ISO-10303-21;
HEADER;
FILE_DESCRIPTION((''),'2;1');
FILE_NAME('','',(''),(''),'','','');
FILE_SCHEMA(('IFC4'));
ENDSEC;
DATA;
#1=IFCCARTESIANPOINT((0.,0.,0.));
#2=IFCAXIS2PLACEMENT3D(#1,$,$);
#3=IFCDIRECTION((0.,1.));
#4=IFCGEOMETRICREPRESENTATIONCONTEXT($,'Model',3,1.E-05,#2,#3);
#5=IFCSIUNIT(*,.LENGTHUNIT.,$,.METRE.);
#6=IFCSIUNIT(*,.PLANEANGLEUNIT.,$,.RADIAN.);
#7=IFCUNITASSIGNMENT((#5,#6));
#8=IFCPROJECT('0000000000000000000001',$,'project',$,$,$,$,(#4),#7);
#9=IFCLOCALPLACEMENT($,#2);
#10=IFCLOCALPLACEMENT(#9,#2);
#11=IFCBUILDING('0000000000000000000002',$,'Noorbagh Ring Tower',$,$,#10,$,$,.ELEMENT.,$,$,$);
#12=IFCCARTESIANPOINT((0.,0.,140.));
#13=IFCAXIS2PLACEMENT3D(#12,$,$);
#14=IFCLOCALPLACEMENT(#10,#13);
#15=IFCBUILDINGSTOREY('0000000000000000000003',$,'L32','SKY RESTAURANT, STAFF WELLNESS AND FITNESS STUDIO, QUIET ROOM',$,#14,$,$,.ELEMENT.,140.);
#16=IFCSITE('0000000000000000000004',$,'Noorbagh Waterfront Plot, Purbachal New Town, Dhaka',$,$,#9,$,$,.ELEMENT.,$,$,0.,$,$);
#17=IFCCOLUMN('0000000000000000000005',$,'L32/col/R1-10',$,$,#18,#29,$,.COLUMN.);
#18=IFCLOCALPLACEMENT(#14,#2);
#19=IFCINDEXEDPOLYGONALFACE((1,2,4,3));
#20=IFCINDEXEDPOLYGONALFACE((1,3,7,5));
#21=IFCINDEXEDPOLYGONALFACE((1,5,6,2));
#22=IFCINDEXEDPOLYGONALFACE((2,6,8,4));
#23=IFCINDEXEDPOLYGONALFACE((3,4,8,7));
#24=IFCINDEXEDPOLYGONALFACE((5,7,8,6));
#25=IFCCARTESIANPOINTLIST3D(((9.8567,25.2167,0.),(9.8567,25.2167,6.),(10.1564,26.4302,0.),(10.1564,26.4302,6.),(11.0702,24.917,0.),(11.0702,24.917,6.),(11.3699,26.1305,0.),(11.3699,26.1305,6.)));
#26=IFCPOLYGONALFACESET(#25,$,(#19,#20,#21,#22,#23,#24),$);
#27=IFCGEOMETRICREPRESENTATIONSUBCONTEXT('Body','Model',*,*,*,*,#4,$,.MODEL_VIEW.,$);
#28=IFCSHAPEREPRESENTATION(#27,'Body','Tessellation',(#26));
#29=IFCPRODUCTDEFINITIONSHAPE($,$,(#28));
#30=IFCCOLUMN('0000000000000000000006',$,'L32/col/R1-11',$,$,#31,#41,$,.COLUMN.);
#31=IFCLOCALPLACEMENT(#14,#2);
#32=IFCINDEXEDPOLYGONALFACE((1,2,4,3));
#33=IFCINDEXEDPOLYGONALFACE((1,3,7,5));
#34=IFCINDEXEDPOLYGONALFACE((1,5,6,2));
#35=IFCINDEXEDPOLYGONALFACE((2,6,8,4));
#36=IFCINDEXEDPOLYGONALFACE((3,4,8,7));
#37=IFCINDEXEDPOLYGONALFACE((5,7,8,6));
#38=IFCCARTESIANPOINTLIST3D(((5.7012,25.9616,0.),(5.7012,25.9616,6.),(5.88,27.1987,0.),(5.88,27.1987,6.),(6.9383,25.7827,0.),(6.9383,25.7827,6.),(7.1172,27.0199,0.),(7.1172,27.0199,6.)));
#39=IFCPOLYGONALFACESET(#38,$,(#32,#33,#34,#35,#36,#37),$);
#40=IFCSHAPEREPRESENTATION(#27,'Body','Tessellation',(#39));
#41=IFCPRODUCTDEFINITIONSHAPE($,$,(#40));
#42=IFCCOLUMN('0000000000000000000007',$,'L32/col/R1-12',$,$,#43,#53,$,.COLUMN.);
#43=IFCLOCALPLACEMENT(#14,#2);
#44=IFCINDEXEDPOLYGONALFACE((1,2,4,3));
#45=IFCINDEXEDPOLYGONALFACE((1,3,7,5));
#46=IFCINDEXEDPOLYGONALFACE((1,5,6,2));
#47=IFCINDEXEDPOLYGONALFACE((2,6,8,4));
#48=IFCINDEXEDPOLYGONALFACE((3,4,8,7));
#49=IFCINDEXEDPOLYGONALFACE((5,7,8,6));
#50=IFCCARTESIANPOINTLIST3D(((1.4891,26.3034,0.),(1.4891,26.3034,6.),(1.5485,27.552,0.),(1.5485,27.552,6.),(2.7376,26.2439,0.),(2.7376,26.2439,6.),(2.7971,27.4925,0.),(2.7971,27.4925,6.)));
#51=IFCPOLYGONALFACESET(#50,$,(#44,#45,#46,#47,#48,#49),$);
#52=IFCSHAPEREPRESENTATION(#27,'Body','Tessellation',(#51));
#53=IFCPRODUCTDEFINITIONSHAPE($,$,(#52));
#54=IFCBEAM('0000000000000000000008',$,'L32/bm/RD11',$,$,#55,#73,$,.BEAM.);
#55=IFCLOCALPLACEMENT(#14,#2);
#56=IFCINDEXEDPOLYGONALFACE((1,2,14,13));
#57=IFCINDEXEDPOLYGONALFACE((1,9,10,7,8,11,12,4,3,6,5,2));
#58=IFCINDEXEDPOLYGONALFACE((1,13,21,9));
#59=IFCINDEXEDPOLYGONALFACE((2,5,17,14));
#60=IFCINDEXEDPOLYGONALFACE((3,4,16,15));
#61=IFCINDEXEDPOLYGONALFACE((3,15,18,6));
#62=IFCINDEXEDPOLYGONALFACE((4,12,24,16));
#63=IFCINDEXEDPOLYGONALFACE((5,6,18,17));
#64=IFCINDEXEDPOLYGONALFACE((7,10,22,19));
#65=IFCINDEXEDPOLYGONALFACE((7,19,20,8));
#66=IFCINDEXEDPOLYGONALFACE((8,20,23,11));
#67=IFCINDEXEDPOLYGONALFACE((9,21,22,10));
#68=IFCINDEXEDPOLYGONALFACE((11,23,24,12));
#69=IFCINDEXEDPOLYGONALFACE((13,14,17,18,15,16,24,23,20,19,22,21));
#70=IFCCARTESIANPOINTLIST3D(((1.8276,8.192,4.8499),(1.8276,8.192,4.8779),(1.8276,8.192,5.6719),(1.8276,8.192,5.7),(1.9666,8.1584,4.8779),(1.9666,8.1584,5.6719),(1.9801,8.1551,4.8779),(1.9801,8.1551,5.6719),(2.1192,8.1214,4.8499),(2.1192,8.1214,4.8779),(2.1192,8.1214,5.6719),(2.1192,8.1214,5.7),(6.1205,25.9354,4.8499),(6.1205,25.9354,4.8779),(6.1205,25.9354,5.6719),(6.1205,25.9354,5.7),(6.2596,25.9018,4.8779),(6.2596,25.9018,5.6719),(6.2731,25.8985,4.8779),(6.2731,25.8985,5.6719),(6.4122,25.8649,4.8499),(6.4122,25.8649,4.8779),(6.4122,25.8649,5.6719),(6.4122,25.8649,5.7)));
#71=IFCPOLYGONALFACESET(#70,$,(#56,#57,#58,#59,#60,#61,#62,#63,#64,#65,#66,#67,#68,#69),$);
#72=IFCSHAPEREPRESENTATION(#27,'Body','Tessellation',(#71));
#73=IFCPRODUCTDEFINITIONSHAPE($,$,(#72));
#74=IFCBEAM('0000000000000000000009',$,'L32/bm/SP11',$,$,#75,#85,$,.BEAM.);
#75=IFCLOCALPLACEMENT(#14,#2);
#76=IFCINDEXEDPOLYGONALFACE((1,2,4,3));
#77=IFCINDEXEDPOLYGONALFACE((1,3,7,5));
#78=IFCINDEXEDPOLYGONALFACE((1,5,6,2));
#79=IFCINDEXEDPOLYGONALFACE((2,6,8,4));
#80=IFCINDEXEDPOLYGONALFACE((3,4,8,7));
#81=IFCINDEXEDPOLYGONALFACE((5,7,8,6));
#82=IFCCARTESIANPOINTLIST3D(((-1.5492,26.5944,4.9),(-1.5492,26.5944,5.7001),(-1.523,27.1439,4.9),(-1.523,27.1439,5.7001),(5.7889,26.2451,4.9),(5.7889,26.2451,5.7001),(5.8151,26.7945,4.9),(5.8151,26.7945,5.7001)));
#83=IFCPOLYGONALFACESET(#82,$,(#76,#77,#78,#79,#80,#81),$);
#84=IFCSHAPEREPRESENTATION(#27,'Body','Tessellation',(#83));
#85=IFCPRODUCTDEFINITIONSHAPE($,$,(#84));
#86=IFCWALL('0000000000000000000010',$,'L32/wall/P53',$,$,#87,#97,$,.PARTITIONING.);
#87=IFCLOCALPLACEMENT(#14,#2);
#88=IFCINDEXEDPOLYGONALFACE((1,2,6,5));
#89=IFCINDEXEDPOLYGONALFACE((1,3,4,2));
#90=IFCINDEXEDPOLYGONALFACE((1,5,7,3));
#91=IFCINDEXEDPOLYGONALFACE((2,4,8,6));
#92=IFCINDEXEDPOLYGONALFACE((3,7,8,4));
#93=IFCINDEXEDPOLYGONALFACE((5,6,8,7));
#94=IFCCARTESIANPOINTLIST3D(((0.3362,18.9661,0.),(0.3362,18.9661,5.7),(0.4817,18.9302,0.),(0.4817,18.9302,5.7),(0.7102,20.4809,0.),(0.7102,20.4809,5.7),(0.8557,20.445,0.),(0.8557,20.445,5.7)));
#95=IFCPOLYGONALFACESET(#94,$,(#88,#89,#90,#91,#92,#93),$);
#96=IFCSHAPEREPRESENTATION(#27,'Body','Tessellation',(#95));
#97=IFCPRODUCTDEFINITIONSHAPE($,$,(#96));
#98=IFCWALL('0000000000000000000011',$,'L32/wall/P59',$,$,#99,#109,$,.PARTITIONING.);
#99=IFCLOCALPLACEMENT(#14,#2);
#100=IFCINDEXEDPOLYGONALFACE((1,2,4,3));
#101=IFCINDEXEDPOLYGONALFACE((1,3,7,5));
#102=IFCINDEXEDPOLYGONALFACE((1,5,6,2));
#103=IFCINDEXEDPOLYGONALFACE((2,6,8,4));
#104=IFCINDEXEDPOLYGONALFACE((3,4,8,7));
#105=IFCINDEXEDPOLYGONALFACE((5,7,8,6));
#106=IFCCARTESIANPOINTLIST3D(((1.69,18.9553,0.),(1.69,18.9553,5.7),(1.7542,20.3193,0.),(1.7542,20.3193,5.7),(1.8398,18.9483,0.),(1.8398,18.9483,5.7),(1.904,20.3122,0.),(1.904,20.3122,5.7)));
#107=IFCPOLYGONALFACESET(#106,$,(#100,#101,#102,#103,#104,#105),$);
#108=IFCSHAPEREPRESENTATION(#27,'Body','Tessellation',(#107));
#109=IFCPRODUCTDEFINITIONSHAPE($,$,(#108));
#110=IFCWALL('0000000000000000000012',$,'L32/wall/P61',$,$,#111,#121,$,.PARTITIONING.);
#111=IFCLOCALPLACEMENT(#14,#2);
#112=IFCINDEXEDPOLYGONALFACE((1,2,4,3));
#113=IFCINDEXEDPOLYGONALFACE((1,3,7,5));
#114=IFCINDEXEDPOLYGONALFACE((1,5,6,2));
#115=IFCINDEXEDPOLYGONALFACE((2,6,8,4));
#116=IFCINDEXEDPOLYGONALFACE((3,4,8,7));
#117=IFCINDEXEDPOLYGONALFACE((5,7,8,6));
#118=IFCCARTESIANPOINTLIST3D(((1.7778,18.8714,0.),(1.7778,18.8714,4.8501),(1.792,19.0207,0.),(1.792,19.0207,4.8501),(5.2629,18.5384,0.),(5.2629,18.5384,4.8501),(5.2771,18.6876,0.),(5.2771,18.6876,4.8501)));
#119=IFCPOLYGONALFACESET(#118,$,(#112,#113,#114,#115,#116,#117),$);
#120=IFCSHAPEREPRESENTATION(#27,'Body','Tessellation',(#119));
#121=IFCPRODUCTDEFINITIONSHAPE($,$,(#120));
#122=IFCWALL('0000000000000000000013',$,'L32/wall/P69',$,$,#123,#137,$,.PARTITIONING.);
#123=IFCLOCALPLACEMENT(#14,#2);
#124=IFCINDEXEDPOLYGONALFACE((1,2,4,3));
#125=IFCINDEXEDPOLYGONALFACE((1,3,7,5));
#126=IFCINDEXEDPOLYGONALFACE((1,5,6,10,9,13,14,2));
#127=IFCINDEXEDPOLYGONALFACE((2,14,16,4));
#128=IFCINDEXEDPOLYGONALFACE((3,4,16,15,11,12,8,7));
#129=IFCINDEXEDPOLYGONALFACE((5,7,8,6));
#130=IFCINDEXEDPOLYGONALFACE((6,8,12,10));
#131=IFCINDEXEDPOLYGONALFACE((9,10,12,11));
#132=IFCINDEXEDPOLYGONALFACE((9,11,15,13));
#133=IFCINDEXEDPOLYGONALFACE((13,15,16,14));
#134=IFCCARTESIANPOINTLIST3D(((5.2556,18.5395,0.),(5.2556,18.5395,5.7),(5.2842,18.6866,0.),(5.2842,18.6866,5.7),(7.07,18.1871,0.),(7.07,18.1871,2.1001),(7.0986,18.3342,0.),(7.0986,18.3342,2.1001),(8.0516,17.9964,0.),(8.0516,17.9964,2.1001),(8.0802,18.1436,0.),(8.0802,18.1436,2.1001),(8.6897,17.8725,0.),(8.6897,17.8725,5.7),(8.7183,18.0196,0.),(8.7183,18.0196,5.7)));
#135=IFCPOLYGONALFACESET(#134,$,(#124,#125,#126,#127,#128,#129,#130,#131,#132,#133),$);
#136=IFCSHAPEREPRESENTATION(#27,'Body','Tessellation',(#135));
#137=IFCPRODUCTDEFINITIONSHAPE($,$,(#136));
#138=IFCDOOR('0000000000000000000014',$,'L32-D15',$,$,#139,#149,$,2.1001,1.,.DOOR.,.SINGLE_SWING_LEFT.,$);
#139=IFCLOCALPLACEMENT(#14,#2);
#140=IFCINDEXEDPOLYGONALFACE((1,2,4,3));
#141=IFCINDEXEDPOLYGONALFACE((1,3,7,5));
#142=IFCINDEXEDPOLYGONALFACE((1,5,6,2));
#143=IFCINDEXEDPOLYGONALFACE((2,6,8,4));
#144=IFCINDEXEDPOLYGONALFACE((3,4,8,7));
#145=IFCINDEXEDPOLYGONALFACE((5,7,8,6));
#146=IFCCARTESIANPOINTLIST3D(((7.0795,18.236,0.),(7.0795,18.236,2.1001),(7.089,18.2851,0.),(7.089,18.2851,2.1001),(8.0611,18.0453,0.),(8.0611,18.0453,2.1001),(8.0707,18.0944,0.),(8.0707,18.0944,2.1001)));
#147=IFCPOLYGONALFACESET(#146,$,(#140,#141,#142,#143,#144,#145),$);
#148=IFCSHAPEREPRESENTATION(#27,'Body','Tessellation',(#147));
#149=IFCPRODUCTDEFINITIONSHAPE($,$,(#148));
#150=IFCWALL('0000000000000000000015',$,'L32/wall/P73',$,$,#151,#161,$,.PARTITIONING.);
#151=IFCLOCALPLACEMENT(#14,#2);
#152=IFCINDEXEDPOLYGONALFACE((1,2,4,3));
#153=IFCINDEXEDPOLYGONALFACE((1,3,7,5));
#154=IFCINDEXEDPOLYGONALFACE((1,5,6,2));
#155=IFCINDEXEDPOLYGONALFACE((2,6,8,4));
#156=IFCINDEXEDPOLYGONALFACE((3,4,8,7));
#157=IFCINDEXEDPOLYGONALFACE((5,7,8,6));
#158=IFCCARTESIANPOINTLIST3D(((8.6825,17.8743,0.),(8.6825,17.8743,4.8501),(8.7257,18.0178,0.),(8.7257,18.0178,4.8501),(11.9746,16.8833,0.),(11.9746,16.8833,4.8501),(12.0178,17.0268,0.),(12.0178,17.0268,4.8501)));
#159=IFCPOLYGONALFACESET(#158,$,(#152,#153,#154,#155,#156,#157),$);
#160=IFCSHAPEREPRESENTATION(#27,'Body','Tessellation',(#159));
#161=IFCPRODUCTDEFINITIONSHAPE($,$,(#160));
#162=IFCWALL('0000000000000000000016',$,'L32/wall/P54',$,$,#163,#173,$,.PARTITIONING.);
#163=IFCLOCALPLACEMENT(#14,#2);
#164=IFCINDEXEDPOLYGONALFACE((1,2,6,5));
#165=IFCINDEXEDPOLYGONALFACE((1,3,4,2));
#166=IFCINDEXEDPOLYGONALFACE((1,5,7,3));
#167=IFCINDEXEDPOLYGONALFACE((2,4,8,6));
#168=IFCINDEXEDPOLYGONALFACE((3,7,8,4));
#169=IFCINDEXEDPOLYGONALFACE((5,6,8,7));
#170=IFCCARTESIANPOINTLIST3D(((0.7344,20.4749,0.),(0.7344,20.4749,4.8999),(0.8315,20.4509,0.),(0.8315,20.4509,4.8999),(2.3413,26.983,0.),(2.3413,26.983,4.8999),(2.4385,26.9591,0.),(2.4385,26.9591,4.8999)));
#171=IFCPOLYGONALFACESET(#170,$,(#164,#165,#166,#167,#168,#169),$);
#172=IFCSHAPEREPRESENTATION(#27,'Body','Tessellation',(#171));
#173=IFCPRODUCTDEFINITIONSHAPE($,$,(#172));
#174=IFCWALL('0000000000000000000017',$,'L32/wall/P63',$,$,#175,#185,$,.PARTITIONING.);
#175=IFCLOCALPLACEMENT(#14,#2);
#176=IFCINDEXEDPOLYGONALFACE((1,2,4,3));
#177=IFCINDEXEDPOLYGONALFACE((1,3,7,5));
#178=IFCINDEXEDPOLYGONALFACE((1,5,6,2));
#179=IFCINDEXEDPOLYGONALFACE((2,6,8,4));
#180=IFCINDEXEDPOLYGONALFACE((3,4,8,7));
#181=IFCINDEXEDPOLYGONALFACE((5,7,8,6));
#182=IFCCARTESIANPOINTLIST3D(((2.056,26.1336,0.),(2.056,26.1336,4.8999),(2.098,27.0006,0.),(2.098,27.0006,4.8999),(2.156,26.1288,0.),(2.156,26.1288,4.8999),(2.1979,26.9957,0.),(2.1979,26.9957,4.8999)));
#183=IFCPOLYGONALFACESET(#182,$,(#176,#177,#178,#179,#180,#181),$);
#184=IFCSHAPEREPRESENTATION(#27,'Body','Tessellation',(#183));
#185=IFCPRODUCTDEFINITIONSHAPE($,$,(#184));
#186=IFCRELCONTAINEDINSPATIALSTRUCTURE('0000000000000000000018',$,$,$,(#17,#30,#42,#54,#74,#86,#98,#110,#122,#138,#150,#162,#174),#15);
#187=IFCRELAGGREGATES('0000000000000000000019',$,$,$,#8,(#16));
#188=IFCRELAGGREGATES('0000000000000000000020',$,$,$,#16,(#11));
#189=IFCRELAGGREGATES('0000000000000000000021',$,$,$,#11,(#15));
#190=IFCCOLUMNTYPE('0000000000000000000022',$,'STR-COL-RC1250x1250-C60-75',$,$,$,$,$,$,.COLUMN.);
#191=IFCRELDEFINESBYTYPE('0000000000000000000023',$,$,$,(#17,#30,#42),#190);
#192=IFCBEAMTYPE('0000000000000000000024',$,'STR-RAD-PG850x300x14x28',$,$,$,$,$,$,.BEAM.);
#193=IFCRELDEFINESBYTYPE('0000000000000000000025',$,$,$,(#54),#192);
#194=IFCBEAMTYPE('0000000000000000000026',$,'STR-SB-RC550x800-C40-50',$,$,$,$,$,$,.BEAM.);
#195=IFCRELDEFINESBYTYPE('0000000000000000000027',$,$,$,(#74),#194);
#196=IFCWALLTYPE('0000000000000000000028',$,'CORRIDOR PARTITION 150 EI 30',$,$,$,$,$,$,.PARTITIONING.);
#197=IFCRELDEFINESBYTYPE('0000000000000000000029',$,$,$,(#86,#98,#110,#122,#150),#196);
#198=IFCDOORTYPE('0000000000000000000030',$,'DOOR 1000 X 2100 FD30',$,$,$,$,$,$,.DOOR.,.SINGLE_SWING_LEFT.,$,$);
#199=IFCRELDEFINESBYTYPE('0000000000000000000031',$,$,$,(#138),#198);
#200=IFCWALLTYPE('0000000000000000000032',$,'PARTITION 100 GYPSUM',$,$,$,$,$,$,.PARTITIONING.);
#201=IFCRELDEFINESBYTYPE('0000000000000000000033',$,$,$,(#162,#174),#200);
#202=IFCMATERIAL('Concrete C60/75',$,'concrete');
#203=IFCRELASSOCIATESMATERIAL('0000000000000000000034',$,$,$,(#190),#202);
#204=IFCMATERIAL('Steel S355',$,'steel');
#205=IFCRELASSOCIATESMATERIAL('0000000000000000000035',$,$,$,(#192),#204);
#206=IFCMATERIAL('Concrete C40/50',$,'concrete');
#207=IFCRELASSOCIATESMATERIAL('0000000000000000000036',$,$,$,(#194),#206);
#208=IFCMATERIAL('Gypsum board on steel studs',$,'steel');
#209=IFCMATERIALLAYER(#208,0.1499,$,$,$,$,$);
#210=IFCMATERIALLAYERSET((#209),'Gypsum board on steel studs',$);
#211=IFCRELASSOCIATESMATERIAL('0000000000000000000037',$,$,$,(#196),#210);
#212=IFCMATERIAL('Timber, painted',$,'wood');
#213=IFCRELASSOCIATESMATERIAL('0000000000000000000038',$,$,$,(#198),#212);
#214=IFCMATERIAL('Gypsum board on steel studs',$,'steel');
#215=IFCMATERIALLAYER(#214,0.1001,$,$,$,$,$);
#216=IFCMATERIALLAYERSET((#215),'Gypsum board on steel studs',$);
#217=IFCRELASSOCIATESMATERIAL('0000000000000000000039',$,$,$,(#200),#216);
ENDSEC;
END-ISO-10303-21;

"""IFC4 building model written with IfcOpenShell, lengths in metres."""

from ifc_helpers import new_model, si_unit, direction, frame, frame_2d, origin, origin_2d, place, context, subcontext, project, spatial, rectangle, i_section, extrude, material, layer, layer_set, material_profile, profile_set, type_object, element, fill, save


model = new_model("IFC4")

# Units and contexts
model_context = context("Model", 3, precision=1e-05, world=origin(), true_north=direction((0.0, 1.0)))
body_context = subcontext(model_context, "Body", "Model", "MODEL_VIEW")
ifc_project = project(units=[si_unit("LENGTHUNIT", "METRE"), si_unit("PLANEANGLEUNIT", "RADIAN")], contexts=[model_context])

# Site, building, storey
site_placement = place(None, origin())
site = spatial("IfcSite", under=ifc_project, at=site_placement, Name="Noorbagh Waterfront Plot, Purbachal New Town, Dhaka", CompositionType="ELEMENT", RefElevation=0.0)
building_placement = place(site_placement, origin())
building = spatial("IfcBuilding", under=site, at=building_placement, Name="Noorbagh Ring Tower", CompositionType="ELEMENT")
storey_placement = place(building_placement, frame((0.0, 0.0, 140.0)))
storey = spatial("IfcBuildingStorey", under=building, at=storey_placement, Name="L32", Description="SKY RESTAURANT, STAFF WELLNESS AND FITNESS STUDIO, QUIET ROOM", CompositionType="ELEMENT", Elevation=140.0)

# Columns
ifc_material_1 = material(Name="Concrete C60/75", Category="concrete")
ifc_material_profile_1 = material_profile(ifc_material_1, rectangle(XDim=1.25, YDim=1.25, at=origin_2d()), Name="RC1250x1250")
ifc_profile_set_1 = profile_set([ifc_material_profile_1], Name="Concrete C60/75")
column_type = type_object("IfcColumnType", Name="STR-COL-RC1250x1250-C60-75", PredefinedType="COLUMN", material=ifc_profile_set_1)
for number, where, z_axis, x_axis, name in (
    (1, (10.6133, 25.6736, 0.0), (0.0, 0.0, 1.0), (-0.970829, 0.239771, 0.0), "L32/col/R1-10"),
    (2, (6.4092, 26.4907, 0.0), (0.0, 0.0, 1.0), (-0.989713, 0.143066, 0.0), "L32/col/R1-11"),
    (3, (2.1431, 26.8979, 0.0), (0.0, 0.0, 1.0), (-0.998869, 0.047553, 0.0), "L32/col/R1-12"),
):
    element("IfcColumn", number, at=place(storey_placement, frame(where, z_axis=z_axis, x_axis=x_axis)), inside=storey, type_object=column_type, Name=name, PredefinedType="COLUMN", context=body_context, shape_type="SweptSolid", body=[
        extrude(rectangle(XDim=1.25, YDim=1.25, at=origin_2d()), origin(), (0.0, 0.0, 1.0), 6.0),
    ])

# Beams
ifc_material_2 = material(Name="Steel S355", Category="steel")
ifc_material_profile_2 = material_profile(ifc_material_2, i_section(OverallWidth=0.3, OverallDepth=0.8501, WebThickness=0.0139, FlangeThickness=0.0281, at=origin_2d()), Name="PG850x300x14x28")
ifc_profile_set_2 = profile_set([ifc_material_profile_2], Name="Steel S355")
beam_type_1 = type_object("IfcBeamType", Name="STR-RAD-PG850x300x14x28", PredefinedType="BEAM", material=ifc_profile_set_2)
beam_1_placement = place(storey_placement, frame((6.2664, 25.9001, 5.2749), z_axis=(-0.235162, -0.971956, 0.0), x_axis=(0.971956, -0.235162, 0.0)))
element("IfcBeam", 4, at=beam_1_placement, inside=storey, type_object=beam_type_1, Name="L32/bm/RD11", PredefinedType="BEAM", context=body_context, shape_type="SweptSolid", body=[
    extrude(i_section(OverallWidth=0.3, OverallDepth=0.8501, WebThickness=0.0139, FlangeThickness=0.0281, at=origin_2d()), origin(), (0.0, 0.0, 1.0), 18.2554),
])
ifc_material_3 = material(Name="Concrete C40/50", Category="concrete")
ifc_material_profile_3 = material_profile(ifc_material_3, rectangle(XDim=0.55, YDim=0.8, at=origin_2d()), Name="RC550x800")
ifc_profile_set_3 = profile_set([ifc_material_profile_3], Name="Concrete C40/50")
beam_type_2 = type_object("IfcBeamType", Name="STR-SB-RC550x800-C40-50", PredefinedType="BEAM", material=ifc_profile_set_3)
beam_2_placement = place(storey_placement, frame((5.802, 26.5198, 5.3), z_axis=(-0.998869, 0.047556, 0.0), x_axis=(-0.047556, -0.998869, 0.0)))
element("IfcBeam", 5, at=beam_2_placement, inside=storey, type_object=beam_type_2, Name="L32/bm/SP11", PredefinedType="BEAM", context=body_context, shape_type="SweptSolid", body=[
    extrude(rectangle(XDim=0.55, YDim=0.8, at=origin_2d()), origin(), (0.0, 0.0, 1.0), 7.3464),
])

# Walls
ifc_material_4 = material(Name="Gypsum board on steel studs", Category="steel")
ifc_layer_1 = layer(ifc_material_4, 0.1499)
ifc_layer_set_1 = layer_set([ifc_layer_1], Name="Gypsum board on steel studs")
wall_type_1 = type_object("IfcWallType", Name="CORRIDOR PARTITION 150 EI 30", PredefinedType="PARTITIONING", material=ifc_layer_set_1)
wall_1_placement = place(storey_placement, frame((0.4089, 18.948, 0.0), z_axis=(0.0, 0.0, 1.0), x_axis=(0.2397, 0.970847, 0.0)))
element("IfcWall", 6, at=wall_1_placement, inside=storey, type_object=wall_type_1, Name="L32/wall/P53", PredefinedType="PARTITIONING", context=body_context, shape_type="SweptSolid", body=[
    extrude(rectangle(XDim=1.5603, YDim=0.1499, at=frame_2d((0.7803, 0.0))), origin(), (0.0, 0.0, 1.0), 5.7),
])
wall_2_placement = place(storey_placement, frame((1.7649, 18.9519, 0.0), z_axis=(0.0, 0.0, 1.0), x_axis=(0.047021, 0.998894, 0.0)))
element("IfcWall", 7, at=wall_2_placement, inside=storey, type_object=wall_type_1, Name="L32/wall/P59", PredefinedType="PARTITIONING", context=body_context, shape_type="SweptSolid", body=[
    extrude(rectangle(XDim=1.3655, YDim=0.1499, at=frame_2d((0.6826, 0.0))), origin(), (0.0, 0.0, 1.0), 5.7),
])
wall_3_placement = place(storey_placement, frame((1.7849, 18.946, 0.0), z_axis=(0.0, 0.0, 1.0), x_axis=(0.995466, -0.095118, 0.0)))
element("IfcWall", 8, at=wall_3_placement, inside=storey, type_object=wall_type_1, Name="L32/wall/P61", PredefinedType="PARTITIONING", context=body_context, shape_type="SweptSolid", body=[
    extrude(rectangle(XDim=3.501, YDim=0.1499, at=frame_2d((1.7505, 0.0))), origin(), (0.0, 0.0, 1.0), 4.8501),
])

# Wall, opening, door
wall_4_placement = place(storey_placement, frame((5.27, 18.613, 0.0), z_axis=(0.0, 0.0, 1.0), x_axis=(0.981655, -0.190664, 0.0)))
wall_4 = element("IfcWall", 9, at=wall_4_placement, inside=storey, type_object=wall_type_1, Name="L32/wall/P69", PredefinedType="PARTITIONING", context=body_context, shape_type="SweptSolid", body=[
    extrude(rectangle(XDim=3.4983, YDim=0.1499, at=frame_2d((1.749, 0.0))), origin(), (0.0, 0.0, 1.0), 5.7),
])
opening_placement = place(wall_4_placement, frame((1.8481, 0.0, 0.0)))
opening = element("IfcOpeningElement", 10, at=opening_placement, cuts=wall_4, PredefinedType="OPENING", context=body_context, shape_type="SweptSolid", body=[
    extrude(rectangle(XDim=1.0, YDim=2.1001, at=frame_2d((0.5, 1.05))), frame((0.0, 0.085, 0.0), z_axis=(0.0, -1.0, 0.0), x_axis=(1.0, 0.0, 0.0)), (0.0, 0.0, 1.0), 0.1699),
])
ifc_material_5 = material(Name="Timber, painted", Category="wood")
door_type = type_object("IfcDoorType", Name="DOOR 1000 X 2100 FD30", OperationType="SINGLE_SWING_LEFT", PredefinedType="DOOR", material=ifc_material_5)
door_placement = place(opening_placement, origin())
door = element("IfcDoor", 11, at=door_placement, inside=storey, type_object=door_type, Name="L32-D15", OperationType="SINGLE_SWING_LEFT", OverallHeight=2.1001, OverallWidth=1.0, PredefinedType="DOOR", context=body_context, shape_type="SweptSolid", body=[
    extrude(rectangle(XDim=1.0, YDim=2.1001, at=frame_2d((0.5, 1.05))), frame((0.0, 0.0249, 0.0), z_axis=(0.0, -1.0, 0.0), x_axis=(1.0, 0.0, 0.0)), (0.0, 0.0, 1.0), 0.05),
])
fill(opening, door)

# Walls
wall_5_placement = place(storey_placement, frame((8.7041, 17.946, 0.0), z_axis=(0.0, 0.0, 1.0), x_axis=(0.957556, -0.288247, 0.0)))
element("IfcWall", 12, at=wall_5_placement, inside=storey, type_object=wall_type_1, Name="L32/wall/P73", PredefinedType="PARTITIONING", context=body_context, shape_type="SweptSolid", body=[
    extrude(rectangle(XDim=3.438, YDim=0.1499, at=frame_2d((1.719, 0.0))), origin(), (0.0, 0.0, 1.0), 4.8501),
])
ifc_material_6 = material(Name="Gypsum board on steel studs", Category="steel")
ifc_layer_2 = layer(ifc_material_6, 0.1001)
ifc_layer_set_2 = layer_set([ifc_layer_2], Name="Gypsum board on steel studs")
wall_type_2 = type_object("IfcWallType", Name="PARTITION 100 GYPSUM", PredefinedType="PARTITIONING", material=ifc_layer_set_2)
wall_6_placement = place(storey_placement, frame((0.783, 20.4629, 0.0), z_axis=(0.0, 0.0, 1.0), x_axis=(0.239715, 0.970843, 0.0)))
element("IfcWall", 13, at=wall_6_placement, inside=storey, type_object=wall_type_2, Name="L32/wall/P54", PredefinedType="PARTITIONING", context=body_context, shape_type="SweptSolid", body=[
    extrude(rectangle(XDim=6.7036, YDim=0.1001, at=frame_2d((3.3518, 0.0))), origin(), (0.0, 0.0, 1.0), 4.8999),
])
wall_7_placement = place(storey_placement, frame((2.106, 26.1311, 0.0), z_axis=(0.0, 0.0, 1.0), x_axis=(0.04838, 0.998829, 0.0)))
element("IfcWall", 14, at=wall_7_placement, inside=storey, type_object=wall_type_2, Name="L32/wall/P63", PredefinedType="PARTITIONING", context=body_context, shape_type="SweptSolid", body=[
    extrude(rectangle(XDim=0.8679, YDim=0.1001, at=frame_2d((0.4341, 0.0))), origin(), (0.0, 0.0, 1.0), 4.8999),
])

save(model, "model.ifc")
